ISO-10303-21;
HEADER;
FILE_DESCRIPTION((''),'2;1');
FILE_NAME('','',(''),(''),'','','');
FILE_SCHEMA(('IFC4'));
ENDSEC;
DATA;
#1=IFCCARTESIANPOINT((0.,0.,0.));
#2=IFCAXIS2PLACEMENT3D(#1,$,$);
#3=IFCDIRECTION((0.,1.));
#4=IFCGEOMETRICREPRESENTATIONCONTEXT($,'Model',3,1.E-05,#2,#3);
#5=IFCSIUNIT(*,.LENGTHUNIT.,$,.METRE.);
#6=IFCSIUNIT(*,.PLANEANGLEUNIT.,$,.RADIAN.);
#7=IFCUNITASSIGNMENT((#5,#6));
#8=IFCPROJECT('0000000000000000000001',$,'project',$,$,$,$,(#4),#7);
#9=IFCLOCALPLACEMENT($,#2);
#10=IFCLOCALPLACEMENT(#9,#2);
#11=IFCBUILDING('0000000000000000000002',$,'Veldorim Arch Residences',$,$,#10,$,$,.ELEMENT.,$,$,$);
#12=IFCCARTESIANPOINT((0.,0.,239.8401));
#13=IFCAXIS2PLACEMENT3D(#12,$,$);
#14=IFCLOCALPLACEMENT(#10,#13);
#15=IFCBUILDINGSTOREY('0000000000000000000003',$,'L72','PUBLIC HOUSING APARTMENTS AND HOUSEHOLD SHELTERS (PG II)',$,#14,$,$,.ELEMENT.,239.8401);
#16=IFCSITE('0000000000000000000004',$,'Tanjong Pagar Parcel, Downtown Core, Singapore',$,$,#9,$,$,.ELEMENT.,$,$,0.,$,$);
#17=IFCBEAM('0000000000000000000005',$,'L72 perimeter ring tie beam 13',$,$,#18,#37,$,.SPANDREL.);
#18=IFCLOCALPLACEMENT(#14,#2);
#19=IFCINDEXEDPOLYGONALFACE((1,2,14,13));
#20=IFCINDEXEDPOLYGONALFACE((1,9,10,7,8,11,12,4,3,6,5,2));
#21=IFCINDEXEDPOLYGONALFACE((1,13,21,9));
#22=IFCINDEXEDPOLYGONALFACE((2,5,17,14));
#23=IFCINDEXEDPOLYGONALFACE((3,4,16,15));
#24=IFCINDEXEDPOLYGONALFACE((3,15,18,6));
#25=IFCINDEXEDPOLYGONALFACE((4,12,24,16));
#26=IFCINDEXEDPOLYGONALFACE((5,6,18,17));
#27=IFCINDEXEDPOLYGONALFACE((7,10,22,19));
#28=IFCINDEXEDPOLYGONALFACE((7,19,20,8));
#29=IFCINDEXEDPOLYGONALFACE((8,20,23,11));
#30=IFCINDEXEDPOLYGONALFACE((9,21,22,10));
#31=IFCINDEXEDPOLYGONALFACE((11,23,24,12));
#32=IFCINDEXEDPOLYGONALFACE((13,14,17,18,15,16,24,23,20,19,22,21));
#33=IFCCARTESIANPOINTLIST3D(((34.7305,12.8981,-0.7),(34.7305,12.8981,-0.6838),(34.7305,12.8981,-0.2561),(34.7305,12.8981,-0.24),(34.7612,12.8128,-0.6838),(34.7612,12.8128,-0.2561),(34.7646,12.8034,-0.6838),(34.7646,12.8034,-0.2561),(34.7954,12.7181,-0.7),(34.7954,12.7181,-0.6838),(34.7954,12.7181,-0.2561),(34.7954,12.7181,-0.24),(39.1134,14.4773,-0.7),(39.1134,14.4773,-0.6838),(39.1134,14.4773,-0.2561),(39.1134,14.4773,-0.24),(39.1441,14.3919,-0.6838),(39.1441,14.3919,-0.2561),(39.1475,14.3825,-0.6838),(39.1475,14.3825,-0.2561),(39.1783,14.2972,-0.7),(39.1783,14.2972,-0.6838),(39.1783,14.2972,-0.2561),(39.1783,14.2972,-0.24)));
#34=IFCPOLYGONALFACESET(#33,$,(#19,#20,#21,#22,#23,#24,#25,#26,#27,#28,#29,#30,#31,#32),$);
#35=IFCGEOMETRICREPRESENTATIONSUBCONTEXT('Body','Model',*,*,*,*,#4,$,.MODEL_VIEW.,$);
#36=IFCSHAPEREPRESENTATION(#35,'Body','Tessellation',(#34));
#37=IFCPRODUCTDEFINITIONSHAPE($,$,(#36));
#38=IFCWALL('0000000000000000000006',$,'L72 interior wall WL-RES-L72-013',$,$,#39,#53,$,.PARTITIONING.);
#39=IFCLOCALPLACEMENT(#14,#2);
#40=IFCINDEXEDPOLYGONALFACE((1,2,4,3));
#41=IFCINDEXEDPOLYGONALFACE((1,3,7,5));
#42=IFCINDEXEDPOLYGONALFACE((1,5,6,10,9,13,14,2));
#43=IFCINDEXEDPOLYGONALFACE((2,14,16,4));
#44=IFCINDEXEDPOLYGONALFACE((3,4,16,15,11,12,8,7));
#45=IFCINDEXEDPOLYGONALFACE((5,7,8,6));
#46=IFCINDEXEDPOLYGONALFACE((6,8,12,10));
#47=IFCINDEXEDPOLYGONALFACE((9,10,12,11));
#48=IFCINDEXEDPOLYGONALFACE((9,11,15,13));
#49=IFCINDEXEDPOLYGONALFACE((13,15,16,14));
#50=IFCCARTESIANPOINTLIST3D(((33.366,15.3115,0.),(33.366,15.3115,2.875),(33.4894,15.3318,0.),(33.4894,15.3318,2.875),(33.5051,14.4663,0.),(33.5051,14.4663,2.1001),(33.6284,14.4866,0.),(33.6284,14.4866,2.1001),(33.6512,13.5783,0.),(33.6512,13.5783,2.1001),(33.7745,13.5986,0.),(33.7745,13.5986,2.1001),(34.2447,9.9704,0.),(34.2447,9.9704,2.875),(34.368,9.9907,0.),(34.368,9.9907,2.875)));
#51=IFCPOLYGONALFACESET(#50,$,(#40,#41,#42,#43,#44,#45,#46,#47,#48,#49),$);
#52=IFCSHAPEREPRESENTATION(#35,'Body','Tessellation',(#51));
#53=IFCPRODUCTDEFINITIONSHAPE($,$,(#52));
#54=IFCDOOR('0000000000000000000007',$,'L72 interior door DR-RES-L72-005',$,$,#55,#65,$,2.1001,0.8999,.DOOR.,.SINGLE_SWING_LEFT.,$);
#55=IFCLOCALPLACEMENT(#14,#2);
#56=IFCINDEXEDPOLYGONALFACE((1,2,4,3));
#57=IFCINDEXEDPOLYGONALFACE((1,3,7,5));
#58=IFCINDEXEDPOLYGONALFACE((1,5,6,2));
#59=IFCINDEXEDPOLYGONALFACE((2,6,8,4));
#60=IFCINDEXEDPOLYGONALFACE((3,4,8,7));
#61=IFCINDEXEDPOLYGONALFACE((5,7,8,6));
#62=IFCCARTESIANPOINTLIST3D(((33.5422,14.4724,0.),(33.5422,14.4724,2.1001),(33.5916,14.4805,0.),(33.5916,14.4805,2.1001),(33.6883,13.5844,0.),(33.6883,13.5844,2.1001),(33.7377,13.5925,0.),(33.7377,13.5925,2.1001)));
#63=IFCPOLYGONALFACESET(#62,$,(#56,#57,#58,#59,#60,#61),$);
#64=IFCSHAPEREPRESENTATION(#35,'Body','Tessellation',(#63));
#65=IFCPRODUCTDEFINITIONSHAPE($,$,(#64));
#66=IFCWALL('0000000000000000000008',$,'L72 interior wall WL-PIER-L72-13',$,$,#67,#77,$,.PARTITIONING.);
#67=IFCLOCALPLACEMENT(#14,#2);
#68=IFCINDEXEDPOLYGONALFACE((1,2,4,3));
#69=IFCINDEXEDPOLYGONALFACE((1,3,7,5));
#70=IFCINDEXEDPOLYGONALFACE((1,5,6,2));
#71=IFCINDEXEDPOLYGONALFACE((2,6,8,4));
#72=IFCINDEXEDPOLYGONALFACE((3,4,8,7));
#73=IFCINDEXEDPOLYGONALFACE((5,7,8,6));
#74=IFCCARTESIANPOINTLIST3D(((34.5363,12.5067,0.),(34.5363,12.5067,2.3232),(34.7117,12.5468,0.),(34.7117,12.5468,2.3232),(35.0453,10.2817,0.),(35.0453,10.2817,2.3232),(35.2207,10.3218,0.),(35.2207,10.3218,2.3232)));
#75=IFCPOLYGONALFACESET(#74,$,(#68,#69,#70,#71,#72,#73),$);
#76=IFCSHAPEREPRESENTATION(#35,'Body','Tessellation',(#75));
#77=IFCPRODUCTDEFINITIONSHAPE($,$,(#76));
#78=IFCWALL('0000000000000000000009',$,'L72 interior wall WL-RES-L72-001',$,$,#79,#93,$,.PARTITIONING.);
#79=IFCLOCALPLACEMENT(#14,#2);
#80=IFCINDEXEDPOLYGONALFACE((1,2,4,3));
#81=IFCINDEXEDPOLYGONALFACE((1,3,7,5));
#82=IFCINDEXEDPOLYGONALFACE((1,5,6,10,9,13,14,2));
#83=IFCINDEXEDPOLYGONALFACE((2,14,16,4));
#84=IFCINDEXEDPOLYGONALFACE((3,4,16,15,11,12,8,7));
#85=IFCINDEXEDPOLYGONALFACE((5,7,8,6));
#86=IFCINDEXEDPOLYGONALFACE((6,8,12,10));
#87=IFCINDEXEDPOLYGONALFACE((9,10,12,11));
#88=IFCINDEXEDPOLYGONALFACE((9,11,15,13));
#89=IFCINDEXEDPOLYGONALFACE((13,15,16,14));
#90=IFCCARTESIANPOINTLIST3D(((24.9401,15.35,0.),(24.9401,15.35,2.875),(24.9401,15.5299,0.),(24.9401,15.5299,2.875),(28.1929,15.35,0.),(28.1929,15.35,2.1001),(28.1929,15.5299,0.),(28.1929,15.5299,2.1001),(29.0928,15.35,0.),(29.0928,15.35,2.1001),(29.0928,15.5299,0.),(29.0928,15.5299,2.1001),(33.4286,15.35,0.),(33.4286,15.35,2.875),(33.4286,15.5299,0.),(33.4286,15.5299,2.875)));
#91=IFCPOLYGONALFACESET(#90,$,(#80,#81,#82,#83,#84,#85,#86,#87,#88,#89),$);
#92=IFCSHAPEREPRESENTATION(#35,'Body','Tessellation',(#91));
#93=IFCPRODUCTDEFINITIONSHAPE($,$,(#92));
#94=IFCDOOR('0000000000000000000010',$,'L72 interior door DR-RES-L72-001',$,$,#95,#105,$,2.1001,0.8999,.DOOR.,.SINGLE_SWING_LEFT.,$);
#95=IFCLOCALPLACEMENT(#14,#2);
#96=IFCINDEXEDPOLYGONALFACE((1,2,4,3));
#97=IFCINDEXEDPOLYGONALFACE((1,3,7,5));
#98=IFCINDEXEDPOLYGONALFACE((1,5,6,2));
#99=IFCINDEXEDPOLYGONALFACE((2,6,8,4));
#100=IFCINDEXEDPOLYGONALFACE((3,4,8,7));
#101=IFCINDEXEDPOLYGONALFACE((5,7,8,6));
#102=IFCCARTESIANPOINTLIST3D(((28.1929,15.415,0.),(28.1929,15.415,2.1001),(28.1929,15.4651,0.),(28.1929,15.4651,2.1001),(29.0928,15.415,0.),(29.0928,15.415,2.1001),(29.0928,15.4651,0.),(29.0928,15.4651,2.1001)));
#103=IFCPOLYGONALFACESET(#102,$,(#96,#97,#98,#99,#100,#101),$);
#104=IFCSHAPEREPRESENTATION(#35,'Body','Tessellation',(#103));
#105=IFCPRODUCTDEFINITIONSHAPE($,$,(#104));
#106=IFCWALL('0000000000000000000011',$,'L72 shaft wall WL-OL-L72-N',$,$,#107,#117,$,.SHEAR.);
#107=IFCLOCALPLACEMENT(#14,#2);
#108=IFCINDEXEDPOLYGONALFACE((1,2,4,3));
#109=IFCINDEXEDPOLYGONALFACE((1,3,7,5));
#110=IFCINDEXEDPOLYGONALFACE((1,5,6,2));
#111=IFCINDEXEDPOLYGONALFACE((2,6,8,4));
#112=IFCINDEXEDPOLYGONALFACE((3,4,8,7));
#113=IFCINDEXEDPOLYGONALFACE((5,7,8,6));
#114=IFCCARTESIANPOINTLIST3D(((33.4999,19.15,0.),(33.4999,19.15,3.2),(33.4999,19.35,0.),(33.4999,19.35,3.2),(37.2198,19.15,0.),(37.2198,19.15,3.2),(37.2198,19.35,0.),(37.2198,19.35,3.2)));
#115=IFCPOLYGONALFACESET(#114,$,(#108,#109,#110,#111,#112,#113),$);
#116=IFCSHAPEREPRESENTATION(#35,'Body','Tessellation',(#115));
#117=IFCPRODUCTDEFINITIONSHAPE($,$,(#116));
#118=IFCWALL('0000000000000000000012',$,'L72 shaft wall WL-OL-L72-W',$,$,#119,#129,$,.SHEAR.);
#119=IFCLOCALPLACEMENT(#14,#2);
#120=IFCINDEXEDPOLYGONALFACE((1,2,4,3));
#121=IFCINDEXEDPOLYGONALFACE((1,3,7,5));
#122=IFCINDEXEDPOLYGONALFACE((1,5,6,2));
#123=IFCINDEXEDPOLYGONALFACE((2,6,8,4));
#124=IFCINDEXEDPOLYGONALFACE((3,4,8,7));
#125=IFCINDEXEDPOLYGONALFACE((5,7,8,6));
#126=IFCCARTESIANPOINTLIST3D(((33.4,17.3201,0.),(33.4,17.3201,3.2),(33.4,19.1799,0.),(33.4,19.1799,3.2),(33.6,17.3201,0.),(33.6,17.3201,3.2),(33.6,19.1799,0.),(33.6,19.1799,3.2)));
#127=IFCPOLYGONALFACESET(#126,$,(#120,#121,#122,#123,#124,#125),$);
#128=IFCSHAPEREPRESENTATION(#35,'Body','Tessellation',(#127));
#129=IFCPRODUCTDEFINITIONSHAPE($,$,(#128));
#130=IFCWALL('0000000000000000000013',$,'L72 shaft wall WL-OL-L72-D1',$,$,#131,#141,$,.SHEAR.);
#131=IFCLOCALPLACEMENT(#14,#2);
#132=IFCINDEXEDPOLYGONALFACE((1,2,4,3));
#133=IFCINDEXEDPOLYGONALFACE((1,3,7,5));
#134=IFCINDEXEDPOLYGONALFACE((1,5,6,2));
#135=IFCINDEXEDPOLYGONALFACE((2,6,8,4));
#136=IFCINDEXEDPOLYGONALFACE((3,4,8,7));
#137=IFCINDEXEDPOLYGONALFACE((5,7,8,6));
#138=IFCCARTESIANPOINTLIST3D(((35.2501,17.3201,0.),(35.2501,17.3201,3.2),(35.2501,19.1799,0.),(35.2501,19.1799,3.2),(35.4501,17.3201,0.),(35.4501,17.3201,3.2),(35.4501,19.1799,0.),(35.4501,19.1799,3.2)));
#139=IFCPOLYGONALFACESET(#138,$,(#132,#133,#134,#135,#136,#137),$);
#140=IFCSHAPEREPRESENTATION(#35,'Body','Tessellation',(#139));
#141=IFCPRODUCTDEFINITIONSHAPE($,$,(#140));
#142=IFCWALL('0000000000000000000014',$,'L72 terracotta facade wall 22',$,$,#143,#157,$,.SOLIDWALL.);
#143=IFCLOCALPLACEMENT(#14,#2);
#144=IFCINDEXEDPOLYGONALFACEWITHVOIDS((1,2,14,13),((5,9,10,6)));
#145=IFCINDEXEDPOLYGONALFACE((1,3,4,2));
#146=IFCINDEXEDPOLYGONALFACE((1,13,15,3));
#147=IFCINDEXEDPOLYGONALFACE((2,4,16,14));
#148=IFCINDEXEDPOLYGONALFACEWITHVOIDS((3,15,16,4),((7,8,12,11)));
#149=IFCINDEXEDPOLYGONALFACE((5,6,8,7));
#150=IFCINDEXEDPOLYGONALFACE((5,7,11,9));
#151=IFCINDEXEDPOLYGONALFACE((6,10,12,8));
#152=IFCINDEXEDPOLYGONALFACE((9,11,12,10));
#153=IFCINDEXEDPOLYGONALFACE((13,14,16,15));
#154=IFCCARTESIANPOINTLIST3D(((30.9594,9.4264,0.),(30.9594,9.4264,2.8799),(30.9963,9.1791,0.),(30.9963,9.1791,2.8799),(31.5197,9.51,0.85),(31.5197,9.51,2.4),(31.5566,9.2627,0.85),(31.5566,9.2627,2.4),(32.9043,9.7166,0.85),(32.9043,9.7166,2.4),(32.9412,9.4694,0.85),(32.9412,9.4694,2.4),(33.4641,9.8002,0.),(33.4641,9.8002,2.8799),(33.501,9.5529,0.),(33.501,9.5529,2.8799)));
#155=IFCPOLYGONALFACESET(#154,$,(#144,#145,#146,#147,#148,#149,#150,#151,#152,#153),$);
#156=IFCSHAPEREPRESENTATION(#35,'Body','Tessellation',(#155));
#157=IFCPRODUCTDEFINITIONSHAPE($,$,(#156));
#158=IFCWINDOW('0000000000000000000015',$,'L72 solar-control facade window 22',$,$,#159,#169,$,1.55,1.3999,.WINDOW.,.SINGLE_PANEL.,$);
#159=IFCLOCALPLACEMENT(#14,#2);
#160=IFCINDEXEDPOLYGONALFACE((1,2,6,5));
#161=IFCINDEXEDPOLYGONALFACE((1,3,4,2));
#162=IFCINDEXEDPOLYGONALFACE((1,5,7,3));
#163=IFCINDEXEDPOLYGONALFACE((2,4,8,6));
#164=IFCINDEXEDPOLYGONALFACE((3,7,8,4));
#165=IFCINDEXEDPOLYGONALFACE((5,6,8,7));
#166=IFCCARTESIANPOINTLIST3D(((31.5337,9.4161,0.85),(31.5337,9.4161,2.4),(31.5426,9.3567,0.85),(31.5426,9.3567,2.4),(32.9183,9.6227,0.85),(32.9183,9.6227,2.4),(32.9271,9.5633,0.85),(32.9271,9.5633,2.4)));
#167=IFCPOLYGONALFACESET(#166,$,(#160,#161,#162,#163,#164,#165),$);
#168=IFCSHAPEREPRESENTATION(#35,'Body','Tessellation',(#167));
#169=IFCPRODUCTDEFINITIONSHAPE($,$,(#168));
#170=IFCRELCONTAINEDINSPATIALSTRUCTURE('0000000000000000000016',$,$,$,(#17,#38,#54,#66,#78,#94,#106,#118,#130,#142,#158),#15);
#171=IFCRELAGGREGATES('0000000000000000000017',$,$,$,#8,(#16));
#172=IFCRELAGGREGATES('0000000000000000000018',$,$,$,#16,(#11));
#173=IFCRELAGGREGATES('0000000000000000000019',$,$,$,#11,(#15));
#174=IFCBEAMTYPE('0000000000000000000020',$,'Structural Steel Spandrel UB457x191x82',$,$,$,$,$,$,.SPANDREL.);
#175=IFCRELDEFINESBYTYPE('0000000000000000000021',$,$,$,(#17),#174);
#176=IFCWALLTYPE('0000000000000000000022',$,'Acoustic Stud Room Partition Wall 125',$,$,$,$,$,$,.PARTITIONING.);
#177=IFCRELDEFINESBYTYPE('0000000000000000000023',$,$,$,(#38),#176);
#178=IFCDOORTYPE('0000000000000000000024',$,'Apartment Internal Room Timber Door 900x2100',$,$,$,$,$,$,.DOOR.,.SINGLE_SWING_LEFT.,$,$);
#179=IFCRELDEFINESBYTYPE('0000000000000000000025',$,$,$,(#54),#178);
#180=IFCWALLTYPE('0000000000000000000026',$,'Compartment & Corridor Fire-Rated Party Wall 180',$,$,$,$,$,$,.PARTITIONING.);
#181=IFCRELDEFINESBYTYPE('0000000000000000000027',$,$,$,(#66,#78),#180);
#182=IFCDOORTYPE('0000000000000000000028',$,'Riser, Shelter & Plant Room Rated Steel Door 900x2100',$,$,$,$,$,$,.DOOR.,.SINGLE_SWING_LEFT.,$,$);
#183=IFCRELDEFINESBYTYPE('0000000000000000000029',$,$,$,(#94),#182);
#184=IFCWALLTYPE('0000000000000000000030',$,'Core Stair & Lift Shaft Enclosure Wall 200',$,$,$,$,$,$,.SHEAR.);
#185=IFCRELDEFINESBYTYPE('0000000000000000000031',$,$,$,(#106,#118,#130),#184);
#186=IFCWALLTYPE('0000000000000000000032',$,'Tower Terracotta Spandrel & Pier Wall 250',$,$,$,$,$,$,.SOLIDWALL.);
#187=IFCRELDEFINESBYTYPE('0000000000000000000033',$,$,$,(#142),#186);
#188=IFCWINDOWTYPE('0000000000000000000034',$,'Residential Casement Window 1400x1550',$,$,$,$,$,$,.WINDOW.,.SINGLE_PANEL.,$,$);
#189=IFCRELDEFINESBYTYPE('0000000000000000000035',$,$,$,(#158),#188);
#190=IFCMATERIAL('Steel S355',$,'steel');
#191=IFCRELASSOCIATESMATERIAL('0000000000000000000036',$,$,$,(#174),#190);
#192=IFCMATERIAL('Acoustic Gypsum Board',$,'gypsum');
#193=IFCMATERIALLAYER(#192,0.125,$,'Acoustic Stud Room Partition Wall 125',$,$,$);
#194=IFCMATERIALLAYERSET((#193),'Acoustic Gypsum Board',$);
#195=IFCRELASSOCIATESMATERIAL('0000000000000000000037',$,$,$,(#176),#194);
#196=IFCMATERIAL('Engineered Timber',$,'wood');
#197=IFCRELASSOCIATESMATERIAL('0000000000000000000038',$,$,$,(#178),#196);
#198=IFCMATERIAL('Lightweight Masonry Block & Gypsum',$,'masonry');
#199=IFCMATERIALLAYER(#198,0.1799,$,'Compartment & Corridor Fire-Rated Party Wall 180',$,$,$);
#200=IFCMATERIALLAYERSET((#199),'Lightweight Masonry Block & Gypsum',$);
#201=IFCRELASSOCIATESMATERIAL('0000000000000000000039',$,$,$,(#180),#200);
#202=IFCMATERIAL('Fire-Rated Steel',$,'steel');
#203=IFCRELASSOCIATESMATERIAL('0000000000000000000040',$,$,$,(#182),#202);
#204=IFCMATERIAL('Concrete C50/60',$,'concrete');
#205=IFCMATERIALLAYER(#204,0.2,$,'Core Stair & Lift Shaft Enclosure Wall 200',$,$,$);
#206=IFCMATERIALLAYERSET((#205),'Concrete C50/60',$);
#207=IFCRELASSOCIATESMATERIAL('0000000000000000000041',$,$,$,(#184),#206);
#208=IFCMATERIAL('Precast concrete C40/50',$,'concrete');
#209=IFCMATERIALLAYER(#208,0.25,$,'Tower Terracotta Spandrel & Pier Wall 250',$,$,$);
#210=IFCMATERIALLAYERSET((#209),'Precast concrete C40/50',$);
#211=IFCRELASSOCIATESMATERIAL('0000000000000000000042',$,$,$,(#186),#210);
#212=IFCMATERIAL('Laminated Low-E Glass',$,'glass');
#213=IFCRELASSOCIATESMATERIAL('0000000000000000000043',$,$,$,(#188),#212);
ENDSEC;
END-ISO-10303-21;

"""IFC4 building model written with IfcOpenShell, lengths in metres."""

from ifc_helpers import new_model, si_unit, direction, frame, frame_2d, origin, origin_2d, place, context, subcontext, project, spatial, rectangle, i_section, extrude, material, layer, layer_set, material_profile, profile_set, type_object, element, fill, save


model = new_model("IFC4")

# Units and contexts
model_context = context("Model", 3, precision=1e-05, world=origin(), true_north=direction((0.0, 1.0)))
body_context = subcontext(model_context, "Body", "Model", "MODEL_VIEW")
ifc_project = project(units=[si_unit("LENGTHUNIT", "METRE"), si_unit("PLANEANGLEUNIT", "RADIAN")], contexts=[model_context])

# Site, building, storey
site_placement = place(None, origin())
site = spatial("IfcSite", under=ifc_project, at=site_placement, Name="Tanjong Pagar Parcel, Downtown Core, Singapore", CompositionType="ELEMENT", RefElevation=0.0)
building_placement = place(site_placement, origin())
building = spatial("IfcBuilding", under=site, at=building_placement, Name="Veldorim Arch Residences", CompositionType="ELEMENT")
storey_placement = place(building_placement, frame((0.0, 0.0, 239.8401)))
storey = spatial("IfcBuildingStorey", under=building, at=storey_placement, Name="L72", Description="PUBLIC HOUSING APARTMENTS AND HOUSEHOLD SHELTERS (PG II)", CompositionType="ELEMENT", Elevation=239.8401)

# Beam
ifc_material_1 = material(Name="Steel S355", Category="steel")
ifc_material_profile_1 = material_profile(ifc_material_1, i_section(OverallWidth=0.1914, OverallDepth=0.46, WebThickness=0.01, FlangeThickness=0.0161, at=origin_2d()), Name="UB457x191x82")
ifc_profile_set_1 = profile_set([ifc_material_profile_1], Name="Steel S355")
beam_type_1 = type_object("IfcBeamType", Name="Structural Steel Spandrel UB457x191x82", PredefinedType="SPANDREL", material=ifc_profile_set_1)
beam_1_placement = place(storey_placement, frame((34.7629, 12.8081, -0.47), z_axis=(0.940799, 0.338964, 0.0), x_axis=(-0.338964, 0.940799, 0.0)))
element("IfcBeam", 1, at=beam_1_placement, inside=storey, type_object=beam_type_1, Name="L72 perimeter ring tie beam 13", PredefinedType="SPANDREL", context=body_context, shape_type="SweptSolid", body=[
    extrude(i_section(OverallWidth=0.1914, OverallDepth=0.46, WebThickness=0.01, FlangeThickness=0.0161, at=origin_2d()), origin(), (0.0, 0.0, 1.0), 4.6587),
])

# Wall, opening, door
ifc_material_2 = material(Name="Acoustic Gypsum Board", Category="gypsum")
ifc_layer_1 = layer(ifc_material_2, 0.125, Name="Acoustic Stud Room Partition Wall 125")
ifc_layer_set_1 = layer_set([ifc_layer_1], Name="Acoustic Gypsum Board")
wall_type_1 = type_object("IfcWallType", Name="Acoustic Stud Room Partition Wall 125", PredefinedType="PARTITIONING", material=ifc_layer_set_1)
wall_1_placement = place(storey_placement, frame((34.3064, 9.9805, 0.0), z_axis=(0.0, 0.0, 1.0), x_axis=(-0.162329, 0.986737, 0.0)))
wall_1 = element("IfcWall", 2, at=wall_1_placement, inside=storey, type_object=wall_type_1, Name="L72 interior wall WL-RES-L72-013", PredefinedType="PARTITIONING", context=body_context, shape_type="SweptSolid", body=[
    extrude(rectangle(XDim=5.4128, YDim=0.125, at=frame_2d((2.7065, 0.0))), origin(), (0.0, 0.0, 1.0), 2.875),
])
opening_1_placement = place(wall_1_placement, frame((3.6565, 0.0, 0.0)))
opening_1 = element("IfcOpeningElement", 3, at=opening_1_placement, cuts=wall_1, PredefinedType="OPENING", context=body_context, shape_type="SweptSolid", body=[
    extrude(rectangle(XDim=0.8999, YDim=2.1001, at=frame_2d((0.45, 1.05))), frame((0.0, 0.0725, 0.0), z_axis=(0.0, -1.0, 0.0), x_axis=(1.0, 0.0, 0.0)), (0.0, 0.0, 1.0), 0.145),
])
ifc_material_3 = material(Name="Engineered Timber", Category="wood")
door_type_1 = type_object("IfcDoorType", Name="Apartment Internal Room Timber Door 900x2100", OperationType="SINGLE_SWING_LEFT", PredefinedType="DOOR", material=ifc_material_3)
door_1_placement = place(opening_1_placement, origin())
door_1 = element("IfcDoor", 4, at=door_1_placement, inside=storey, type_object=door_type_1, Name="L72 interior door DR-RES-L72-005", OperationType="SINGLE_SWING_LEFT", OverallHeight=2.1001, OverallWidth=0.8999, PredefinedType="DOOR", context=body_context, shape_type="SweptSolid", body=[
    extrude(rectangle(XDim=0.8999, YDim=2.1001, at=frame_2d((0.45, 1.05))), frame((0.0, 0.0249, 0.0), z_axis=(0.0, -1.0, 0.0), x_axis=(1.0, 0.0, 0.0)), (0.0, 0.0, 1.0), 0.05),
])
fill(opening_1, door_1)

# Wall
ifc_material_4 = material(Name="Lightweight Masonry Block & Gypsum", Category="masonry")
ifc_layer_2 = layer(ifc_material_4, 0.1799, Name="Compartment & Corridor Fire-Rated Party Wall 180")
ifc_layer_set_2 = layer_set([ifc_layer_2], Name="Lightweight Masonry Block & Gypsum")
wall_type_2 = type_object("IfcWallType", Name="Compartment & Corridor Fire-Rated Party Wall 180", PredefinedType="PARTITIONING", material=ifc_layer_set_2)
wall_2_placement = place(storey_placement, frame((34.624, 12.5266, 0.0), z_axis=(0.0, 0.0, 1.0), x_axis=(0.223008, -0.974817, 0.0)))
element("IfcWall", 5, at=wall_2_placement, inside=storey, type_object=wall_type_2, Name="L72 interior wall WL-PIER-L72-13", PredefinedType="PARTITIONING", context=body_context, shape_type="SweptSolid", body=[
    extrude(rectangle(XDim=2.2825, YDim=0.1799, at=frame_2d((1.1411, 0.0))), origin(), (0.0, 0.0, 1.0), 2.3232),
])

# Wall, opening, door
wall_3_placement = place(storey_placement, frame((33.4285, 15.4399, 0.0), z_axis=(0.0, 0.0, 1.0), x_axis=(-1.0, 0.0, 0.0)))
wall_3 = element("IfcWall", 6, at=wall_3_placement, inside=storey, type_object=wall_type_2, Name="L72 interior wall WL-RES-L72-001", PredefinedType="PARTITIONING", context=body_context, shape_type="SweptSolid", body=[
    extrude(rectangle(XDim=8.4885, YDim=0.1799, at=frame_2d((4.2441, 0.0))), origin(), (0.0, 0.0, 1.0), 2.875),
])
opening_2_placement = place(wall_3_placement, frame((4.3357, 0.0, 0.0)))
opening_2 = element("IfcOpeningElement", 7, at=opening_2_placement, cuts=wall_3, PredefinedType="OPENING", context=body_context, shape_type="SweptSolid", body=[
    extrude(rectangle(XDim=0.8999, YDim=2.1001, at=frame_2d((0.45, 1.05))), frame((0.0, 0.0999, 0.0), z_axis=(0.0, -1.0, 0.0), x_axis=(1.0, 0.0, 0.0)), (0.0, 0.0, 1.0), 0.2),
])
ifc_material_5 = material(Name="Fire-Rated Steel", Category="steel")
door_type_2 = type_object("IfcDoorType", Name="Riser, Shelter & Plant Room Rated Steel Door 900x2100", OperationType="SINGLE_SWING_LEFT", PredefinedType="DOOR", material=ifc_material_5)
door_2_placement = place(opening_2_placement, origin())
door_2 = element("IfcDoor", 8, at=door_2_placement, inside=storey, type_object=door_type_2, Name="L72 interior door DR-RES-L72-001", OperationType="SINGLE_SWING_LEFT", OverallHeight=2.1001, OverallWidth=0.8999, PredefinedType="DOOR", context=body_context, shape_type="SweptSolid", body=[
    extrude(rectangle(XDim=0.8999, YDim=2.1001, at=frame_2d((0.45, 1.05))), frame((0.0, 0.0249, 0.0), z_axis=(0.0, -1.0, 0.0), x_axis=(1.0, 0.0, 0.0)), (0.0, 0.0, 1.0), 0.05),
])
fill(opening_2, door_2)

# Walls
ifc_material_6 = material(Name="Concrete C50/60", Category="concrete")
ifc_layer_3 = layer(ifc_material_6, 0.2, Name="Core Stair & Lift Shaft Enclosure Wall 200")
ifc_layer_set_3 = layer_set([ifc_layer_3], Name="Concrete C50/60")
wall_type_3 = type_object("IfcWallType", Name="Core Stair & Lift Shaft Enclosure Wall 200", PredefinedType="SHEAR", material=ifc_layer_set_3)
wall_4_placement = place(storey_placement, frame((33.5, 19.25, 0.0), z_axis=(0.0, 0.0, 1.0), x_axis=(1.0, 0.0, 0.0)))
element("IfcWall", 9, at=wall_4_placement, inside=storey, type_object=wall_type_3, Name="L72 shaft wall WL-OL-L72-N", PredefinedType="SHEAR", context=body_context, shape_type="SweptSolid", body=[
    extrude(rectangle(XDim=3.72, YDim=0.2, at=frame_2d((1.8599, 0.0))), origin(), (0.0, 0.0, 1.0), 3.2),
])
for number, where, z_axis, x_axis, name in (
    (10, (33.5, 17.3201, 0.0), (0.0, 0.0, 1.0), (0.0, 1.0, 0.0), "L72 shaft wall WL-OL-L72-W"),
    (11, (35.3501, 17.3201, 0.0), (0.0, 0.0, 1.0), (0.0, 1.0, 0.0), "L72 shaft wall WL-OL-L72-D1"),
):
    element("IfcWall", number, at=place(storey_placement, frame(where, z_axis=z_axis, x_axis=x_axis)), inside=storey, type_object=wall_type_3, Name=name, PredefinedType="SHEAR", context=body_context, shape_type="SweptSolid", body=[
        extrude(rectangle(XDim=1.8599, YDim=0.2, at=frame_2d((0.9299, 0.0))), origin(), (0.0, 0.0, 1.0), 3.2),
    ])

# Wall, opening, window
ifc_material_7 = material(Name="Precast concrete C40/50", Category="concrete")
ifc_layer_4 = layer(ifc_material_7, 0.25, Name="Tower Terracotta Spandrel & Pier Wall 250")
ifc_layer_set_4 = layer_set([ifc_layer_4], Name="Precast concrete C40/50")
wall_type_4 = type_object("IfcWallType", Name="Tower Terracotta Spandrel & Pier Wall 250", PredefinedType="SOLIDWALL", material=ifc_layer_set_4)
wall_5_placement = place(storey_placement, frame((33.4824, 9.6765, 0.0), z_axis=(0.0, 0.0, 1.0), x_axis=(-0.989047, -0.1476, 0.0)))
wall_5 = element("IfcWall", 12, at=wall_5_placement, inside=storey, type_object=wall_type_4, Name="L72 terracotta facade wall 22", PredefinedType="SOLIDWALL", context=body_context, shape_type="SweptSolid", body=[
    extrude(rectangle(XDim=2.5325, YDim=0.25, at=frame_2d((1.2661, 0.0))), origin(), (0.0, 0.0, 1.0), 2.8799),
])
opening_3_placement = place(wall_5_placement, frame((0.5659, 0.0, 0.8501)))
opening_3 = element("IfcOpeningElement", 13, at=opening_3_placement, cuts=wall_5, PredefinedType="OPENING", context=body_context, shape_type="SweptSolid", body=[
    extrude(rectangle(XDim=1.3999, YDim=1.55, at=frame_2d((0.7, 0.7749))), frame((0.0, 0.135, 0.0), z_axis=(0.0, -1.0, 0.0), x_axis=(1.0, 0.0, 0.0)), (0.0, 0.0, 1.0), 0.27),
])
ifc_material_8 = material(Name="Laminated Low-E Glass", Category="glass")
window_type = type_object("IfcWindowType", Name="Residential Casement Window 1400x1550", PartitioningType="SINGLE_PANEL", PredefinedType="WINDOW", material=ifc_material_8)
window_placement = place(opening_3_placement, origin())
window = element("IfcWindow", 14, at=window_placement, inside=storey, type_object=window_type, Name="L72 solar-control facade window 22", OverallHeight=1.55, OverallWidth=1.3999, PartitioningType="SINGLE_PANEL", PredefinedType="WINDOW", context=body_context, shape_type="SweptSolid", body=[
    extrude(rectangle(XDim=1.3999, YDim=1.55, at=frame_2d((0.7, 0.7749))), frame((0.0, 0.03, 0.0), z_axis=(0.0, -1.0, 0.0), x_axis=(1.0, 0.0, 0.0)), (0.0, 0.0, 1.0), 0.0601),
])
fill(opening_3, window)

save(model, "model.ifc")
